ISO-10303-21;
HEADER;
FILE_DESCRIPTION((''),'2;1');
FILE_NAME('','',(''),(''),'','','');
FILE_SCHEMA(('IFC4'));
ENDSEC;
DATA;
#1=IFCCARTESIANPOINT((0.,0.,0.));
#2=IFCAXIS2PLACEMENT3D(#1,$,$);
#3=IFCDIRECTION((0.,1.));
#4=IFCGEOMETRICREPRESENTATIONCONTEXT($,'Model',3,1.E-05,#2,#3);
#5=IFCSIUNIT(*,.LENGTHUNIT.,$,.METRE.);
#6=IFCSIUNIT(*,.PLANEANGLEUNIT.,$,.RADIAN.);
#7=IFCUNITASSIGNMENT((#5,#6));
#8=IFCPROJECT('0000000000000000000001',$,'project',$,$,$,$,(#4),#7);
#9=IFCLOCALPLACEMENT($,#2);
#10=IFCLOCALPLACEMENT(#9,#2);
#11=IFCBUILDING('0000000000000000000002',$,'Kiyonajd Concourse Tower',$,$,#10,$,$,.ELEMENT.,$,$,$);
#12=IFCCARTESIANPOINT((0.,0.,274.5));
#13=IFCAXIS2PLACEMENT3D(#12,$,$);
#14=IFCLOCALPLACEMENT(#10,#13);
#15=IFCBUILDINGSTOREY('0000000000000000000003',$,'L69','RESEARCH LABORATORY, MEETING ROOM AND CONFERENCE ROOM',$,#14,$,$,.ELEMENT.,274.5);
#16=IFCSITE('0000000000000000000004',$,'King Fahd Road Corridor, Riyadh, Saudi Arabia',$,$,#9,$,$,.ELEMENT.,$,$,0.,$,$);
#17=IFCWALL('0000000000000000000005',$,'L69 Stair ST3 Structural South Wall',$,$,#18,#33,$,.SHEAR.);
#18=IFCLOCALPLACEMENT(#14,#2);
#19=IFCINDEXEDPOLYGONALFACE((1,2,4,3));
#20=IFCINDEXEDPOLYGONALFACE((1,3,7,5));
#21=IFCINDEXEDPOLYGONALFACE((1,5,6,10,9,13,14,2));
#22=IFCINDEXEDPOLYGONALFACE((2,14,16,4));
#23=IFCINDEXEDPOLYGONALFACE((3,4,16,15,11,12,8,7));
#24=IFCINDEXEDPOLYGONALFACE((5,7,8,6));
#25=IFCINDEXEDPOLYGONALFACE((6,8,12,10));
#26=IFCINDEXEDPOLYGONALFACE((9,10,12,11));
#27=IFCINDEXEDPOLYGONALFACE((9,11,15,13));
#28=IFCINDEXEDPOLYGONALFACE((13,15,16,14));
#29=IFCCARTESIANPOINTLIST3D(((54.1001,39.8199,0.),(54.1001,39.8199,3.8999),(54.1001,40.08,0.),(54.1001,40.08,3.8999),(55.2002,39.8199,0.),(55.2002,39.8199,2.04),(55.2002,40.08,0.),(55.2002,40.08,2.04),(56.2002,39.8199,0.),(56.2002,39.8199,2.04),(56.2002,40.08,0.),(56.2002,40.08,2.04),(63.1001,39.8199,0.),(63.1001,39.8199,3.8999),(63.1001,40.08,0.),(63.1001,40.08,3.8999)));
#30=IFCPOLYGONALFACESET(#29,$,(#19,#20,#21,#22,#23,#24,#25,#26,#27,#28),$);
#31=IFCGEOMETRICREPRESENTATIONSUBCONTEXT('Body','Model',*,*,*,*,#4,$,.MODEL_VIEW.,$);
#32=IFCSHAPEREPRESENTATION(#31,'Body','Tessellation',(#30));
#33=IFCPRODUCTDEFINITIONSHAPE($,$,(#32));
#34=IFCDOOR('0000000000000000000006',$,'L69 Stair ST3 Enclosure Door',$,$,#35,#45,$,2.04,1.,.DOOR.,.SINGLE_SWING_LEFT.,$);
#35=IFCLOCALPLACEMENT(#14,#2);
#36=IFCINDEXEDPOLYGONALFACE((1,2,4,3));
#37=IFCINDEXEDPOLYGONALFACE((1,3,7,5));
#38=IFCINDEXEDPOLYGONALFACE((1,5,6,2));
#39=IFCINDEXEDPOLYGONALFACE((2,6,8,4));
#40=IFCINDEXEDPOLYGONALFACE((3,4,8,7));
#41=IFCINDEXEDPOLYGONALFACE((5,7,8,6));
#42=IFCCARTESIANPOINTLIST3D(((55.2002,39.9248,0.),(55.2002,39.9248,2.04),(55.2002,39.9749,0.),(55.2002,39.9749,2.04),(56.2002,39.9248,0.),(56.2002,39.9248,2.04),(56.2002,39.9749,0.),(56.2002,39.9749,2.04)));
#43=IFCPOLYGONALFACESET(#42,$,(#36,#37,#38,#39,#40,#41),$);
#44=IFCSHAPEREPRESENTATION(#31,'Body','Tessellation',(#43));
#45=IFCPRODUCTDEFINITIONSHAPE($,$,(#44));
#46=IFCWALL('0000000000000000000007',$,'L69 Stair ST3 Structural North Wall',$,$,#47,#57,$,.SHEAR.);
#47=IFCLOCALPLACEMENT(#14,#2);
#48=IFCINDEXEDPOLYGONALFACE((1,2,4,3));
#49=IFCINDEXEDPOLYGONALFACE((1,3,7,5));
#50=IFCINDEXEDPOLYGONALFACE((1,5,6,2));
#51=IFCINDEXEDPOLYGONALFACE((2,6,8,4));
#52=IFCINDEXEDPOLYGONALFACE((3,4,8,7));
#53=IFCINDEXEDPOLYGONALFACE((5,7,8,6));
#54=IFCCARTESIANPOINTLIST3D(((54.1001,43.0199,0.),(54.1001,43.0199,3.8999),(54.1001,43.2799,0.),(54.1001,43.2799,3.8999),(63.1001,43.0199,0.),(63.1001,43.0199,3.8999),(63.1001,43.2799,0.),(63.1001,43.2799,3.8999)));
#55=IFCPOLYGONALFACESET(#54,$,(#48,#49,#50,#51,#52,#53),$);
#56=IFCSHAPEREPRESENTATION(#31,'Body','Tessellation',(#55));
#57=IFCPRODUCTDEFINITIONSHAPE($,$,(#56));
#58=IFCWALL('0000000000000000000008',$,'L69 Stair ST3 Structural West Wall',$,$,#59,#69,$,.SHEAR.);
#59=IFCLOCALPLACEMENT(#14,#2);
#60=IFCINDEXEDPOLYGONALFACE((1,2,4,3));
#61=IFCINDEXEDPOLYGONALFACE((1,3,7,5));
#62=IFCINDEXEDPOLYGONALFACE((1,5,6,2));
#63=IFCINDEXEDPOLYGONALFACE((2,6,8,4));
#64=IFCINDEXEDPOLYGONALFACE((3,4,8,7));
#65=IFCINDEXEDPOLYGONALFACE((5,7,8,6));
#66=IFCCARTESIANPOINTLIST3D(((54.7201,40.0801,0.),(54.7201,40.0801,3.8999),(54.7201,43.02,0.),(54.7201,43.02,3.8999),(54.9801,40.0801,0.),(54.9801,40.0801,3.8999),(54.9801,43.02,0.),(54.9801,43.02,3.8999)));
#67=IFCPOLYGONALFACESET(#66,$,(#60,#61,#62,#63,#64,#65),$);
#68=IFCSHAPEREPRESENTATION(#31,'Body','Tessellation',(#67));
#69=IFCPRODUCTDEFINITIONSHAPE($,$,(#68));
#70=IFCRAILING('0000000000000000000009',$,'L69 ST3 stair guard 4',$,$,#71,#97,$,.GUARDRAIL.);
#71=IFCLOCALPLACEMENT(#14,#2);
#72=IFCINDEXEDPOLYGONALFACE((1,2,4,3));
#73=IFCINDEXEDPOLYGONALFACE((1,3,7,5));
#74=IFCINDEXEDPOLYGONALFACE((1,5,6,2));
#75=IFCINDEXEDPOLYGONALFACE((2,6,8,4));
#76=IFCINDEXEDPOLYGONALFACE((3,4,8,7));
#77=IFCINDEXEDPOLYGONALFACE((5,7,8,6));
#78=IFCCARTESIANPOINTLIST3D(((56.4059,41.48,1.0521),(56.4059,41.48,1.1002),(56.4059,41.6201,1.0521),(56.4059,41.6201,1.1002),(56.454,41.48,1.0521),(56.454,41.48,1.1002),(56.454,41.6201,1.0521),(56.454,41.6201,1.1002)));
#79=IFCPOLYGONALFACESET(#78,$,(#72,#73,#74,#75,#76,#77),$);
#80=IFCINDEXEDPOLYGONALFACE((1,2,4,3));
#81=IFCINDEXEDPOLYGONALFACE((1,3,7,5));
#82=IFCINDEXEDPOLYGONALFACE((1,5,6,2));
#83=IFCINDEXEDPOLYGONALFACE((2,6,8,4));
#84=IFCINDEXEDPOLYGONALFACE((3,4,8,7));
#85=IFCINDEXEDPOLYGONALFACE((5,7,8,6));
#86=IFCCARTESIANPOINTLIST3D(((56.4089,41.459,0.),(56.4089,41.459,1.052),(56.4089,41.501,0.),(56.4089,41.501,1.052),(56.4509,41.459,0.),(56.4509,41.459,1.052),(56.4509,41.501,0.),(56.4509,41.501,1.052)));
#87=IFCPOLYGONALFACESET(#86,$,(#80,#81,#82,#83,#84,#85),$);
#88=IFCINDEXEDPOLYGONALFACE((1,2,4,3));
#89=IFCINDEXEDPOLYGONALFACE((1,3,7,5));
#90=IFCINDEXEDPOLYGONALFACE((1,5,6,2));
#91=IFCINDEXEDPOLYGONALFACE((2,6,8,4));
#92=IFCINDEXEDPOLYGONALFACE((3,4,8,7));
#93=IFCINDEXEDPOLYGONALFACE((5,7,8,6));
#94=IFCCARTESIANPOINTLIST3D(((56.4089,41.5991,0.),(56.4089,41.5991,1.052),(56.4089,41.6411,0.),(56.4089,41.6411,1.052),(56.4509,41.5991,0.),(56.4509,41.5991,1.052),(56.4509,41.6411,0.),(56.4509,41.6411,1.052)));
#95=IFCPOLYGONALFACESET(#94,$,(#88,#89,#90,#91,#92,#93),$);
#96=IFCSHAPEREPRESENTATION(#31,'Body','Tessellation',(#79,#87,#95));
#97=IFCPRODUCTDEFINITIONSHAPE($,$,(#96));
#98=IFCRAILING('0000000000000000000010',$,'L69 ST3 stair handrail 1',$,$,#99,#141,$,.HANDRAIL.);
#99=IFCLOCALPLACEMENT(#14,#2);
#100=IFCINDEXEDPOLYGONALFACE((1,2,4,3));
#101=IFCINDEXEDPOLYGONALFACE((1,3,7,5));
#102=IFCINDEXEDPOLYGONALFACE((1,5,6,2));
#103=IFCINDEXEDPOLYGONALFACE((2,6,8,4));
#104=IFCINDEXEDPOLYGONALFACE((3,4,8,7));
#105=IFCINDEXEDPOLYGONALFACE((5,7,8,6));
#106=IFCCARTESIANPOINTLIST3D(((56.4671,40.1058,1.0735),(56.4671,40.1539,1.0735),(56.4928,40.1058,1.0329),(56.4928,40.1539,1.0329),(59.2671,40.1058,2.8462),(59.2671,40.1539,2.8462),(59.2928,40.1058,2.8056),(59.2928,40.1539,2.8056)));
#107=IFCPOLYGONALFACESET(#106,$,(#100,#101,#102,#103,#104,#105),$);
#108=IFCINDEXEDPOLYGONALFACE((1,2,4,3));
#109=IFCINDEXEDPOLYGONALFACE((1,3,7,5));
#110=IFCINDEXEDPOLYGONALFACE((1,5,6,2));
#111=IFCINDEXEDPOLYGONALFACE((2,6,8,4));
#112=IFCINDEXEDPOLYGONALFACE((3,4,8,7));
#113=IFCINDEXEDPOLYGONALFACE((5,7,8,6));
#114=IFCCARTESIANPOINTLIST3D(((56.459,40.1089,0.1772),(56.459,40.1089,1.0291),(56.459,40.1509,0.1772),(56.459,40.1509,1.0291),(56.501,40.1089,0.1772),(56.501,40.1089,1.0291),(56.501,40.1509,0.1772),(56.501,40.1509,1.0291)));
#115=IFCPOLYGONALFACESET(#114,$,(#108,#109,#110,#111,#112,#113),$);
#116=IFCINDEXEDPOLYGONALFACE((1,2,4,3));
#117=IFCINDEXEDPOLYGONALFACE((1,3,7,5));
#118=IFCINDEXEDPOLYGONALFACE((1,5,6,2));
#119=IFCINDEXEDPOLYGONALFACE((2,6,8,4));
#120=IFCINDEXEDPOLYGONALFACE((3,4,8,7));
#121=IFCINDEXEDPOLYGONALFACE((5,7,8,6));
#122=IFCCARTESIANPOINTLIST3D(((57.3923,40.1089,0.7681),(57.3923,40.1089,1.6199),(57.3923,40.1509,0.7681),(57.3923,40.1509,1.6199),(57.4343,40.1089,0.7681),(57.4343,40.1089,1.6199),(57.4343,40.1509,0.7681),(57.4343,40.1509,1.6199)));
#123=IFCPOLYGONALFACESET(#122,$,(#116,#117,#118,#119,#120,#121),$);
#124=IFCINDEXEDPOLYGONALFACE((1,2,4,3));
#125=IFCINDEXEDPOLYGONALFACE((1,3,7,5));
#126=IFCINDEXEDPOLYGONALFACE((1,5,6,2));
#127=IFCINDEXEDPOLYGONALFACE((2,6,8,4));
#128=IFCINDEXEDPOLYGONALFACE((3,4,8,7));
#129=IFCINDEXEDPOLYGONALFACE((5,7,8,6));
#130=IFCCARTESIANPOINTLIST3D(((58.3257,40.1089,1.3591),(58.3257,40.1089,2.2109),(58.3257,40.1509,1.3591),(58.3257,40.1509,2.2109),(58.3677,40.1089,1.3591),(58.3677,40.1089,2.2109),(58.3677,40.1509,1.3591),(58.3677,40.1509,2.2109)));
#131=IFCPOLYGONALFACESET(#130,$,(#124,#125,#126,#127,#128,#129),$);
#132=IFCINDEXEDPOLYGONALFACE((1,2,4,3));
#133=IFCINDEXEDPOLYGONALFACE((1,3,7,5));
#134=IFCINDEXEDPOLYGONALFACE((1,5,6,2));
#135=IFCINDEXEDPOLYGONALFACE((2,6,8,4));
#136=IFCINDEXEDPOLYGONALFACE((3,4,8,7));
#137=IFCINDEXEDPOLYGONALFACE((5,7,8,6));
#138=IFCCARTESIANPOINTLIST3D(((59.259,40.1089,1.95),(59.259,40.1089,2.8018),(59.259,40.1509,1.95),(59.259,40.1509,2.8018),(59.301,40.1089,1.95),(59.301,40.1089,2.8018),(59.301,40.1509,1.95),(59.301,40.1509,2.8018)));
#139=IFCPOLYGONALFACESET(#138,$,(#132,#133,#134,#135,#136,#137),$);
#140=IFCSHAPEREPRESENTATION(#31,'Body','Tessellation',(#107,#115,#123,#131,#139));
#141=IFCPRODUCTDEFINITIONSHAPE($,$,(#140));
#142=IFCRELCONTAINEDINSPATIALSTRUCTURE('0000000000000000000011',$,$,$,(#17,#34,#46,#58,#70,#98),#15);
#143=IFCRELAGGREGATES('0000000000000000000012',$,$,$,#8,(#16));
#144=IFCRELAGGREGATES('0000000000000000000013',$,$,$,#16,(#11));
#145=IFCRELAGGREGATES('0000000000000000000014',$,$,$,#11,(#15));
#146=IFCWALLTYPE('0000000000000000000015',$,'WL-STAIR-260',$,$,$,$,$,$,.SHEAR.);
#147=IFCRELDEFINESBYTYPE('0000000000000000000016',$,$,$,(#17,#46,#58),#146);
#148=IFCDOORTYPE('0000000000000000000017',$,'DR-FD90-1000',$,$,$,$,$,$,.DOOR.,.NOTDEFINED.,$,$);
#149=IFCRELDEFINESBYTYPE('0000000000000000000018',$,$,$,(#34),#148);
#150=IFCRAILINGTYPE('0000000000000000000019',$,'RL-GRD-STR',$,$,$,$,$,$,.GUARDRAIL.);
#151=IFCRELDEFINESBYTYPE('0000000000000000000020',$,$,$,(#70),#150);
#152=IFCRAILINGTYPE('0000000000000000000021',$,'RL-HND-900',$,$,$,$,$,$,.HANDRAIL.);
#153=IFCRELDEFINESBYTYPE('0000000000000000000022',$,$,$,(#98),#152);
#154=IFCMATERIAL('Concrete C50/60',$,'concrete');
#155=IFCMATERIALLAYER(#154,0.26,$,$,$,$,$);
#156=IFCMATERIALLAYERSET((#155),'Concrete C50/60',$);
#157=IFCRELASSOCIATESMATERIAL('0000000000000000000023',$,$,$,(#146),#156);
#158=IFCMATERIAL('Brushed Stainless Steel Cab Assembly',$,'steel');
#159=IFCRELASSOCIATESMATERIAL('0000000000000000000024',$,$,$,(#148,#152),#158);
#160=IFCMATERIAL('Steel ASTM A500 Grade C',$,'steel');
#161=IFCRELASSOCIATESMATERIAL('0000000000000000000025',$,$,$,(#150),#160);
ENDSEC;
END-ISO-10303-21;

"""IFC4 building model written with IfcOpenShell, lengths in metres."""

from ifc_helpers import new_model, si_unit, direction, frame, frame_2d, origin, origin_2d, place, context, subcontext, project, spatial, rectangle, extrude, material, layer, layer_set, type_object, element, fill, save


model = new_model("IFC4")

# Units and contexts
model_context = context("Model", 3, precision=1e-05, world=origin(), true_north=direction((0.0, 1.0)))
body_context = subcontext(model_context, "Body", "Model", "MODEL_VIEW")
ifc_project = project(units=[si_unit("LENGTHUNIT", "METRE"), si_unit("PLANEANGLEUNIT", "RADIAN")], contexts=[model_context])

# Site, building, storey
site_placement = place(None, origin())
site = spatial("IfcSite", under=ifc_project, at=site_placement, Name="King Fahd Road Corridor, Riyadh, Saudi Arabia", CompositionType="ELEMENT", RefElevation=0.0)
building_placement = place(site_placement, origin())
building = spatial("IfcBuilding", under=site, at=building_placement, Name="Kiyonajd Concourse Tower", CompositionType="ELEMENT")
storey_placement = place(building_placement, frame((0.0, 0.0, 274.5)))
storey = spatial("IfcBuildingStorey", under=building, at=storey_placement, Name="L69", Description="RESEARCH LABORATORY, MEETING ROOM AND CONFERENCE ROOM", CompositionType="ELEMENT", Elevation=274.5)

# Shared definitions
ifc_material_1 = material(Name="Concrete C50/60", Category="concrete")

# Wall, opening, door
ifc_layer_1 = layer(ifc_material_1, 0.26)
ifc_layer_set_1 = layer_set([ifc_layer_1], Name="Concrete C50/60")
wall_type_1 = type_object("IfcWallType", Name="WL-STAIR-260", PredefinedType="SHEAR", material=ifc_layer_set_1)
wall_1_placement = place(storey_placement, frame((54.1001, 39.95, 0.0), z_axis=(0.0, 0.0, 1.0), x_axis=(1.0, 0.0, 0.0)))
wall_1 = element("IfcWall", 1, at=wall_1_placement, inside=storey, type_object=wall_type_1, Name="L69 Stair ST3 Structural South Wall", PredefinedType="SHEAR", context=body_context, shape_type="SweptSolid", body=[
    extrude(rectangle(XDim=9.0, YDim=0.26, at=frame_2d((4.5, 0.0))), origin(), (0.0, 0.0, 1.0), 3.8999),
])
opening_1_placement = place(wall_1_placement, frame((1.1001, 0.0, 0.0)))
opening_1 = element("IfcOpeningElement", 2, at=opening_1_placement, cuts=wall_1, PredefinedType="OPENING", context=body_context, shape_type="SweptSolid", body=[
    extrude(rectangle(XDim=1.0, YDim=2.04, at=frame_2d((0.5, 1.02))), frame((0.0, 0.1399, 0.0), z_axis=(0.0, -1.0, 0.0), x_axis=(1.0, 0.0, 0.0)), (0.0, 0.0, 1.0), 0.28),
])
ifc_material_2 = material(Name="Brushed Stainless Steel Cab Assembly", Category="steel")
door_type_1 = type_object("IfcDoorType", Name="DR-FD90-1000", OperationType="NOTDEFINED", PredefinedType="DOOR", material=ifc_material_2)
door_1_placement = place(opening_1_placement, origin())
door_1 = element("IfcDoor", 3, at=door_1_placement, inside=storey, type_object=door_type_1, Name="L69 Stair ST3 Enclosure Door", OperationType="SINGLE_SWING_LEFT", OverallHeight=2.04, OverallWidth=1.0, PredefinedType="DOOR", context=body_context, shape_type="SweptSolid", body=[
    extrude(rectangle(XDim=1.0, YDim=2.04, at=frame_2d((0.5, 1.02))), frame((0.0, 0.0249, 0.0), z_axis=(0.0, -1.0, 0.0), x_axis=(1.0, 0.0, 0.0)), (0.0, 0.0, 1.0), 0.05),
])
fill(opening_1, door_1)

# Walls
wall_2_placement = place(storey_placement, frame((54.1001, 43.1499, 0.0), z_axis=(0.0, 0.0, 1.0), x_axis=(1.0, 0.0, 0.0)))
element("IfcWall", 4, at=wall_2_placement, inside=storey, type_object=wall_type_1, Name="L69 Stair ST3 Structural North Wall", PredefinedType="SHEAR", context=body_context, shape_type="SweptSolid", body=[
    extrude(rectangle(XDim=9.0, YDim=0.26, at=frame_2d((4.5, 0.0))), origin(), (0.0, 0.0, 1.0), 3.8999),
])
wall_3_placement = place(storey_placement, frame((54.8501, 40.0801, 0.0), z_axis=(0.0, 0.0, 1.0), x_axis=(0.0, 1.0, 0.0)))
element("IfcWall", 5, at=wall_3_placement, inside=storey, type_object=wall_type_1, Name="L69 Stair ST3 Structural West Wall", PredefinedType="SHEAR", context=body_context, shape_type="SweptSolid", body=[
    extrude(rectangle(XDim=2.9399, YDim=0.26, at=frame_2d((1.47, 0.0))), origin(), (0.0, 0.0, 1.0), 3.8999),
])

# Railings
ifc_material_3 = material(Name="Steel ASTM A500 Grade C", Category="steel")
railing_type_1 = type_object("IfcRailingType", Name="RL-GRD-STR", PredefinedType="GUARDRAIL", material=ifc_material_3)
railing_1_placement = place(storey_placement, frame((56.4299, 41.48, 0.0)))
element("IfcRailing", 6, at=railing_1_placement, inside=storey, type_object=railing_type_1, Name="L69 ST3 stair guard 4", PredefinedType="GUARDRAIL", context=body_context, shape_type="SweptSolid", body=[
    extrude(rectangle(XDim=0.0481, YDim=0.0481, at=origin_2d()), frame((0.0, 0.0, 1.0762), z_axis=(0.0, 1.0, 0.0), x_axis=(-1.0, 0.0, 0.0)), (0.0, 0.0, 1.0), 0.1401),
    extrude(rectangle(XDim=0.042, YDim=0.042, at=origin_2d()), origin(), (0.0, 0.0, 1.0), 1.052),
    extrude(rectangle(XDim=0.042, YDim=0.042, at=origin_2d()), frame((0.0, 0.1401, 0.0)), (0.0, 0.0, 1.0), 1.052),
])
railing_type_2 = type_object("IfcRailingType", Name="RL-HND-900", PredefinedType="HANDRAIL", material=ifc_material_2)
railing_2_placement = place(storey_placement, frame((56.48, 40.1299, 0.1772)))
element("IfcRailing", 7, at=railing_2_placement, inside=storey, type_object=railing_type_2, Name="L69 ST3 stair handrail 1", PredefinedType="HANDRAIL", context=body_context, shape_type="SweptSolid", body=[
    extrude(rectangle(XDim=0.0481, YDim=0.0481, at=origin_2d()), frame((0.0, 0.0, 0.876), z_axis=(0.844909, 0.0, 0.53491), x_axis=(0.0, 1.0, 0.0)), (0.0, 0.0, 1.0), 3.314),
    extrude(rectangle(XDim=0.042, YDim=0.042, at=origin_2d()), origin(), (0.0, 0.0, 1.0), 0.8518),
    extrude(rectangle(XDim=0.042, YDim=0.042, at=origin_2d()), frame((0.9333, 0.0, 0.5908)), (0.0, 0.0, 1.0), 0.8518),
    extrude(rectangle(XDim=0.042, YDim=0.042, at=origin_2d()), frame((1.8667, 0.0, 1.1819)), (0.0, 0.0, 1.0), 0.8518),
    extrude(rectangle(XDim=0.042, YDim=0.042, at=origin_2d()), frame((2.8, 0.0, 1.7727)), (0.0, 0.0, 1.0), 0.8518),
])

save(model, "model.ifc")
